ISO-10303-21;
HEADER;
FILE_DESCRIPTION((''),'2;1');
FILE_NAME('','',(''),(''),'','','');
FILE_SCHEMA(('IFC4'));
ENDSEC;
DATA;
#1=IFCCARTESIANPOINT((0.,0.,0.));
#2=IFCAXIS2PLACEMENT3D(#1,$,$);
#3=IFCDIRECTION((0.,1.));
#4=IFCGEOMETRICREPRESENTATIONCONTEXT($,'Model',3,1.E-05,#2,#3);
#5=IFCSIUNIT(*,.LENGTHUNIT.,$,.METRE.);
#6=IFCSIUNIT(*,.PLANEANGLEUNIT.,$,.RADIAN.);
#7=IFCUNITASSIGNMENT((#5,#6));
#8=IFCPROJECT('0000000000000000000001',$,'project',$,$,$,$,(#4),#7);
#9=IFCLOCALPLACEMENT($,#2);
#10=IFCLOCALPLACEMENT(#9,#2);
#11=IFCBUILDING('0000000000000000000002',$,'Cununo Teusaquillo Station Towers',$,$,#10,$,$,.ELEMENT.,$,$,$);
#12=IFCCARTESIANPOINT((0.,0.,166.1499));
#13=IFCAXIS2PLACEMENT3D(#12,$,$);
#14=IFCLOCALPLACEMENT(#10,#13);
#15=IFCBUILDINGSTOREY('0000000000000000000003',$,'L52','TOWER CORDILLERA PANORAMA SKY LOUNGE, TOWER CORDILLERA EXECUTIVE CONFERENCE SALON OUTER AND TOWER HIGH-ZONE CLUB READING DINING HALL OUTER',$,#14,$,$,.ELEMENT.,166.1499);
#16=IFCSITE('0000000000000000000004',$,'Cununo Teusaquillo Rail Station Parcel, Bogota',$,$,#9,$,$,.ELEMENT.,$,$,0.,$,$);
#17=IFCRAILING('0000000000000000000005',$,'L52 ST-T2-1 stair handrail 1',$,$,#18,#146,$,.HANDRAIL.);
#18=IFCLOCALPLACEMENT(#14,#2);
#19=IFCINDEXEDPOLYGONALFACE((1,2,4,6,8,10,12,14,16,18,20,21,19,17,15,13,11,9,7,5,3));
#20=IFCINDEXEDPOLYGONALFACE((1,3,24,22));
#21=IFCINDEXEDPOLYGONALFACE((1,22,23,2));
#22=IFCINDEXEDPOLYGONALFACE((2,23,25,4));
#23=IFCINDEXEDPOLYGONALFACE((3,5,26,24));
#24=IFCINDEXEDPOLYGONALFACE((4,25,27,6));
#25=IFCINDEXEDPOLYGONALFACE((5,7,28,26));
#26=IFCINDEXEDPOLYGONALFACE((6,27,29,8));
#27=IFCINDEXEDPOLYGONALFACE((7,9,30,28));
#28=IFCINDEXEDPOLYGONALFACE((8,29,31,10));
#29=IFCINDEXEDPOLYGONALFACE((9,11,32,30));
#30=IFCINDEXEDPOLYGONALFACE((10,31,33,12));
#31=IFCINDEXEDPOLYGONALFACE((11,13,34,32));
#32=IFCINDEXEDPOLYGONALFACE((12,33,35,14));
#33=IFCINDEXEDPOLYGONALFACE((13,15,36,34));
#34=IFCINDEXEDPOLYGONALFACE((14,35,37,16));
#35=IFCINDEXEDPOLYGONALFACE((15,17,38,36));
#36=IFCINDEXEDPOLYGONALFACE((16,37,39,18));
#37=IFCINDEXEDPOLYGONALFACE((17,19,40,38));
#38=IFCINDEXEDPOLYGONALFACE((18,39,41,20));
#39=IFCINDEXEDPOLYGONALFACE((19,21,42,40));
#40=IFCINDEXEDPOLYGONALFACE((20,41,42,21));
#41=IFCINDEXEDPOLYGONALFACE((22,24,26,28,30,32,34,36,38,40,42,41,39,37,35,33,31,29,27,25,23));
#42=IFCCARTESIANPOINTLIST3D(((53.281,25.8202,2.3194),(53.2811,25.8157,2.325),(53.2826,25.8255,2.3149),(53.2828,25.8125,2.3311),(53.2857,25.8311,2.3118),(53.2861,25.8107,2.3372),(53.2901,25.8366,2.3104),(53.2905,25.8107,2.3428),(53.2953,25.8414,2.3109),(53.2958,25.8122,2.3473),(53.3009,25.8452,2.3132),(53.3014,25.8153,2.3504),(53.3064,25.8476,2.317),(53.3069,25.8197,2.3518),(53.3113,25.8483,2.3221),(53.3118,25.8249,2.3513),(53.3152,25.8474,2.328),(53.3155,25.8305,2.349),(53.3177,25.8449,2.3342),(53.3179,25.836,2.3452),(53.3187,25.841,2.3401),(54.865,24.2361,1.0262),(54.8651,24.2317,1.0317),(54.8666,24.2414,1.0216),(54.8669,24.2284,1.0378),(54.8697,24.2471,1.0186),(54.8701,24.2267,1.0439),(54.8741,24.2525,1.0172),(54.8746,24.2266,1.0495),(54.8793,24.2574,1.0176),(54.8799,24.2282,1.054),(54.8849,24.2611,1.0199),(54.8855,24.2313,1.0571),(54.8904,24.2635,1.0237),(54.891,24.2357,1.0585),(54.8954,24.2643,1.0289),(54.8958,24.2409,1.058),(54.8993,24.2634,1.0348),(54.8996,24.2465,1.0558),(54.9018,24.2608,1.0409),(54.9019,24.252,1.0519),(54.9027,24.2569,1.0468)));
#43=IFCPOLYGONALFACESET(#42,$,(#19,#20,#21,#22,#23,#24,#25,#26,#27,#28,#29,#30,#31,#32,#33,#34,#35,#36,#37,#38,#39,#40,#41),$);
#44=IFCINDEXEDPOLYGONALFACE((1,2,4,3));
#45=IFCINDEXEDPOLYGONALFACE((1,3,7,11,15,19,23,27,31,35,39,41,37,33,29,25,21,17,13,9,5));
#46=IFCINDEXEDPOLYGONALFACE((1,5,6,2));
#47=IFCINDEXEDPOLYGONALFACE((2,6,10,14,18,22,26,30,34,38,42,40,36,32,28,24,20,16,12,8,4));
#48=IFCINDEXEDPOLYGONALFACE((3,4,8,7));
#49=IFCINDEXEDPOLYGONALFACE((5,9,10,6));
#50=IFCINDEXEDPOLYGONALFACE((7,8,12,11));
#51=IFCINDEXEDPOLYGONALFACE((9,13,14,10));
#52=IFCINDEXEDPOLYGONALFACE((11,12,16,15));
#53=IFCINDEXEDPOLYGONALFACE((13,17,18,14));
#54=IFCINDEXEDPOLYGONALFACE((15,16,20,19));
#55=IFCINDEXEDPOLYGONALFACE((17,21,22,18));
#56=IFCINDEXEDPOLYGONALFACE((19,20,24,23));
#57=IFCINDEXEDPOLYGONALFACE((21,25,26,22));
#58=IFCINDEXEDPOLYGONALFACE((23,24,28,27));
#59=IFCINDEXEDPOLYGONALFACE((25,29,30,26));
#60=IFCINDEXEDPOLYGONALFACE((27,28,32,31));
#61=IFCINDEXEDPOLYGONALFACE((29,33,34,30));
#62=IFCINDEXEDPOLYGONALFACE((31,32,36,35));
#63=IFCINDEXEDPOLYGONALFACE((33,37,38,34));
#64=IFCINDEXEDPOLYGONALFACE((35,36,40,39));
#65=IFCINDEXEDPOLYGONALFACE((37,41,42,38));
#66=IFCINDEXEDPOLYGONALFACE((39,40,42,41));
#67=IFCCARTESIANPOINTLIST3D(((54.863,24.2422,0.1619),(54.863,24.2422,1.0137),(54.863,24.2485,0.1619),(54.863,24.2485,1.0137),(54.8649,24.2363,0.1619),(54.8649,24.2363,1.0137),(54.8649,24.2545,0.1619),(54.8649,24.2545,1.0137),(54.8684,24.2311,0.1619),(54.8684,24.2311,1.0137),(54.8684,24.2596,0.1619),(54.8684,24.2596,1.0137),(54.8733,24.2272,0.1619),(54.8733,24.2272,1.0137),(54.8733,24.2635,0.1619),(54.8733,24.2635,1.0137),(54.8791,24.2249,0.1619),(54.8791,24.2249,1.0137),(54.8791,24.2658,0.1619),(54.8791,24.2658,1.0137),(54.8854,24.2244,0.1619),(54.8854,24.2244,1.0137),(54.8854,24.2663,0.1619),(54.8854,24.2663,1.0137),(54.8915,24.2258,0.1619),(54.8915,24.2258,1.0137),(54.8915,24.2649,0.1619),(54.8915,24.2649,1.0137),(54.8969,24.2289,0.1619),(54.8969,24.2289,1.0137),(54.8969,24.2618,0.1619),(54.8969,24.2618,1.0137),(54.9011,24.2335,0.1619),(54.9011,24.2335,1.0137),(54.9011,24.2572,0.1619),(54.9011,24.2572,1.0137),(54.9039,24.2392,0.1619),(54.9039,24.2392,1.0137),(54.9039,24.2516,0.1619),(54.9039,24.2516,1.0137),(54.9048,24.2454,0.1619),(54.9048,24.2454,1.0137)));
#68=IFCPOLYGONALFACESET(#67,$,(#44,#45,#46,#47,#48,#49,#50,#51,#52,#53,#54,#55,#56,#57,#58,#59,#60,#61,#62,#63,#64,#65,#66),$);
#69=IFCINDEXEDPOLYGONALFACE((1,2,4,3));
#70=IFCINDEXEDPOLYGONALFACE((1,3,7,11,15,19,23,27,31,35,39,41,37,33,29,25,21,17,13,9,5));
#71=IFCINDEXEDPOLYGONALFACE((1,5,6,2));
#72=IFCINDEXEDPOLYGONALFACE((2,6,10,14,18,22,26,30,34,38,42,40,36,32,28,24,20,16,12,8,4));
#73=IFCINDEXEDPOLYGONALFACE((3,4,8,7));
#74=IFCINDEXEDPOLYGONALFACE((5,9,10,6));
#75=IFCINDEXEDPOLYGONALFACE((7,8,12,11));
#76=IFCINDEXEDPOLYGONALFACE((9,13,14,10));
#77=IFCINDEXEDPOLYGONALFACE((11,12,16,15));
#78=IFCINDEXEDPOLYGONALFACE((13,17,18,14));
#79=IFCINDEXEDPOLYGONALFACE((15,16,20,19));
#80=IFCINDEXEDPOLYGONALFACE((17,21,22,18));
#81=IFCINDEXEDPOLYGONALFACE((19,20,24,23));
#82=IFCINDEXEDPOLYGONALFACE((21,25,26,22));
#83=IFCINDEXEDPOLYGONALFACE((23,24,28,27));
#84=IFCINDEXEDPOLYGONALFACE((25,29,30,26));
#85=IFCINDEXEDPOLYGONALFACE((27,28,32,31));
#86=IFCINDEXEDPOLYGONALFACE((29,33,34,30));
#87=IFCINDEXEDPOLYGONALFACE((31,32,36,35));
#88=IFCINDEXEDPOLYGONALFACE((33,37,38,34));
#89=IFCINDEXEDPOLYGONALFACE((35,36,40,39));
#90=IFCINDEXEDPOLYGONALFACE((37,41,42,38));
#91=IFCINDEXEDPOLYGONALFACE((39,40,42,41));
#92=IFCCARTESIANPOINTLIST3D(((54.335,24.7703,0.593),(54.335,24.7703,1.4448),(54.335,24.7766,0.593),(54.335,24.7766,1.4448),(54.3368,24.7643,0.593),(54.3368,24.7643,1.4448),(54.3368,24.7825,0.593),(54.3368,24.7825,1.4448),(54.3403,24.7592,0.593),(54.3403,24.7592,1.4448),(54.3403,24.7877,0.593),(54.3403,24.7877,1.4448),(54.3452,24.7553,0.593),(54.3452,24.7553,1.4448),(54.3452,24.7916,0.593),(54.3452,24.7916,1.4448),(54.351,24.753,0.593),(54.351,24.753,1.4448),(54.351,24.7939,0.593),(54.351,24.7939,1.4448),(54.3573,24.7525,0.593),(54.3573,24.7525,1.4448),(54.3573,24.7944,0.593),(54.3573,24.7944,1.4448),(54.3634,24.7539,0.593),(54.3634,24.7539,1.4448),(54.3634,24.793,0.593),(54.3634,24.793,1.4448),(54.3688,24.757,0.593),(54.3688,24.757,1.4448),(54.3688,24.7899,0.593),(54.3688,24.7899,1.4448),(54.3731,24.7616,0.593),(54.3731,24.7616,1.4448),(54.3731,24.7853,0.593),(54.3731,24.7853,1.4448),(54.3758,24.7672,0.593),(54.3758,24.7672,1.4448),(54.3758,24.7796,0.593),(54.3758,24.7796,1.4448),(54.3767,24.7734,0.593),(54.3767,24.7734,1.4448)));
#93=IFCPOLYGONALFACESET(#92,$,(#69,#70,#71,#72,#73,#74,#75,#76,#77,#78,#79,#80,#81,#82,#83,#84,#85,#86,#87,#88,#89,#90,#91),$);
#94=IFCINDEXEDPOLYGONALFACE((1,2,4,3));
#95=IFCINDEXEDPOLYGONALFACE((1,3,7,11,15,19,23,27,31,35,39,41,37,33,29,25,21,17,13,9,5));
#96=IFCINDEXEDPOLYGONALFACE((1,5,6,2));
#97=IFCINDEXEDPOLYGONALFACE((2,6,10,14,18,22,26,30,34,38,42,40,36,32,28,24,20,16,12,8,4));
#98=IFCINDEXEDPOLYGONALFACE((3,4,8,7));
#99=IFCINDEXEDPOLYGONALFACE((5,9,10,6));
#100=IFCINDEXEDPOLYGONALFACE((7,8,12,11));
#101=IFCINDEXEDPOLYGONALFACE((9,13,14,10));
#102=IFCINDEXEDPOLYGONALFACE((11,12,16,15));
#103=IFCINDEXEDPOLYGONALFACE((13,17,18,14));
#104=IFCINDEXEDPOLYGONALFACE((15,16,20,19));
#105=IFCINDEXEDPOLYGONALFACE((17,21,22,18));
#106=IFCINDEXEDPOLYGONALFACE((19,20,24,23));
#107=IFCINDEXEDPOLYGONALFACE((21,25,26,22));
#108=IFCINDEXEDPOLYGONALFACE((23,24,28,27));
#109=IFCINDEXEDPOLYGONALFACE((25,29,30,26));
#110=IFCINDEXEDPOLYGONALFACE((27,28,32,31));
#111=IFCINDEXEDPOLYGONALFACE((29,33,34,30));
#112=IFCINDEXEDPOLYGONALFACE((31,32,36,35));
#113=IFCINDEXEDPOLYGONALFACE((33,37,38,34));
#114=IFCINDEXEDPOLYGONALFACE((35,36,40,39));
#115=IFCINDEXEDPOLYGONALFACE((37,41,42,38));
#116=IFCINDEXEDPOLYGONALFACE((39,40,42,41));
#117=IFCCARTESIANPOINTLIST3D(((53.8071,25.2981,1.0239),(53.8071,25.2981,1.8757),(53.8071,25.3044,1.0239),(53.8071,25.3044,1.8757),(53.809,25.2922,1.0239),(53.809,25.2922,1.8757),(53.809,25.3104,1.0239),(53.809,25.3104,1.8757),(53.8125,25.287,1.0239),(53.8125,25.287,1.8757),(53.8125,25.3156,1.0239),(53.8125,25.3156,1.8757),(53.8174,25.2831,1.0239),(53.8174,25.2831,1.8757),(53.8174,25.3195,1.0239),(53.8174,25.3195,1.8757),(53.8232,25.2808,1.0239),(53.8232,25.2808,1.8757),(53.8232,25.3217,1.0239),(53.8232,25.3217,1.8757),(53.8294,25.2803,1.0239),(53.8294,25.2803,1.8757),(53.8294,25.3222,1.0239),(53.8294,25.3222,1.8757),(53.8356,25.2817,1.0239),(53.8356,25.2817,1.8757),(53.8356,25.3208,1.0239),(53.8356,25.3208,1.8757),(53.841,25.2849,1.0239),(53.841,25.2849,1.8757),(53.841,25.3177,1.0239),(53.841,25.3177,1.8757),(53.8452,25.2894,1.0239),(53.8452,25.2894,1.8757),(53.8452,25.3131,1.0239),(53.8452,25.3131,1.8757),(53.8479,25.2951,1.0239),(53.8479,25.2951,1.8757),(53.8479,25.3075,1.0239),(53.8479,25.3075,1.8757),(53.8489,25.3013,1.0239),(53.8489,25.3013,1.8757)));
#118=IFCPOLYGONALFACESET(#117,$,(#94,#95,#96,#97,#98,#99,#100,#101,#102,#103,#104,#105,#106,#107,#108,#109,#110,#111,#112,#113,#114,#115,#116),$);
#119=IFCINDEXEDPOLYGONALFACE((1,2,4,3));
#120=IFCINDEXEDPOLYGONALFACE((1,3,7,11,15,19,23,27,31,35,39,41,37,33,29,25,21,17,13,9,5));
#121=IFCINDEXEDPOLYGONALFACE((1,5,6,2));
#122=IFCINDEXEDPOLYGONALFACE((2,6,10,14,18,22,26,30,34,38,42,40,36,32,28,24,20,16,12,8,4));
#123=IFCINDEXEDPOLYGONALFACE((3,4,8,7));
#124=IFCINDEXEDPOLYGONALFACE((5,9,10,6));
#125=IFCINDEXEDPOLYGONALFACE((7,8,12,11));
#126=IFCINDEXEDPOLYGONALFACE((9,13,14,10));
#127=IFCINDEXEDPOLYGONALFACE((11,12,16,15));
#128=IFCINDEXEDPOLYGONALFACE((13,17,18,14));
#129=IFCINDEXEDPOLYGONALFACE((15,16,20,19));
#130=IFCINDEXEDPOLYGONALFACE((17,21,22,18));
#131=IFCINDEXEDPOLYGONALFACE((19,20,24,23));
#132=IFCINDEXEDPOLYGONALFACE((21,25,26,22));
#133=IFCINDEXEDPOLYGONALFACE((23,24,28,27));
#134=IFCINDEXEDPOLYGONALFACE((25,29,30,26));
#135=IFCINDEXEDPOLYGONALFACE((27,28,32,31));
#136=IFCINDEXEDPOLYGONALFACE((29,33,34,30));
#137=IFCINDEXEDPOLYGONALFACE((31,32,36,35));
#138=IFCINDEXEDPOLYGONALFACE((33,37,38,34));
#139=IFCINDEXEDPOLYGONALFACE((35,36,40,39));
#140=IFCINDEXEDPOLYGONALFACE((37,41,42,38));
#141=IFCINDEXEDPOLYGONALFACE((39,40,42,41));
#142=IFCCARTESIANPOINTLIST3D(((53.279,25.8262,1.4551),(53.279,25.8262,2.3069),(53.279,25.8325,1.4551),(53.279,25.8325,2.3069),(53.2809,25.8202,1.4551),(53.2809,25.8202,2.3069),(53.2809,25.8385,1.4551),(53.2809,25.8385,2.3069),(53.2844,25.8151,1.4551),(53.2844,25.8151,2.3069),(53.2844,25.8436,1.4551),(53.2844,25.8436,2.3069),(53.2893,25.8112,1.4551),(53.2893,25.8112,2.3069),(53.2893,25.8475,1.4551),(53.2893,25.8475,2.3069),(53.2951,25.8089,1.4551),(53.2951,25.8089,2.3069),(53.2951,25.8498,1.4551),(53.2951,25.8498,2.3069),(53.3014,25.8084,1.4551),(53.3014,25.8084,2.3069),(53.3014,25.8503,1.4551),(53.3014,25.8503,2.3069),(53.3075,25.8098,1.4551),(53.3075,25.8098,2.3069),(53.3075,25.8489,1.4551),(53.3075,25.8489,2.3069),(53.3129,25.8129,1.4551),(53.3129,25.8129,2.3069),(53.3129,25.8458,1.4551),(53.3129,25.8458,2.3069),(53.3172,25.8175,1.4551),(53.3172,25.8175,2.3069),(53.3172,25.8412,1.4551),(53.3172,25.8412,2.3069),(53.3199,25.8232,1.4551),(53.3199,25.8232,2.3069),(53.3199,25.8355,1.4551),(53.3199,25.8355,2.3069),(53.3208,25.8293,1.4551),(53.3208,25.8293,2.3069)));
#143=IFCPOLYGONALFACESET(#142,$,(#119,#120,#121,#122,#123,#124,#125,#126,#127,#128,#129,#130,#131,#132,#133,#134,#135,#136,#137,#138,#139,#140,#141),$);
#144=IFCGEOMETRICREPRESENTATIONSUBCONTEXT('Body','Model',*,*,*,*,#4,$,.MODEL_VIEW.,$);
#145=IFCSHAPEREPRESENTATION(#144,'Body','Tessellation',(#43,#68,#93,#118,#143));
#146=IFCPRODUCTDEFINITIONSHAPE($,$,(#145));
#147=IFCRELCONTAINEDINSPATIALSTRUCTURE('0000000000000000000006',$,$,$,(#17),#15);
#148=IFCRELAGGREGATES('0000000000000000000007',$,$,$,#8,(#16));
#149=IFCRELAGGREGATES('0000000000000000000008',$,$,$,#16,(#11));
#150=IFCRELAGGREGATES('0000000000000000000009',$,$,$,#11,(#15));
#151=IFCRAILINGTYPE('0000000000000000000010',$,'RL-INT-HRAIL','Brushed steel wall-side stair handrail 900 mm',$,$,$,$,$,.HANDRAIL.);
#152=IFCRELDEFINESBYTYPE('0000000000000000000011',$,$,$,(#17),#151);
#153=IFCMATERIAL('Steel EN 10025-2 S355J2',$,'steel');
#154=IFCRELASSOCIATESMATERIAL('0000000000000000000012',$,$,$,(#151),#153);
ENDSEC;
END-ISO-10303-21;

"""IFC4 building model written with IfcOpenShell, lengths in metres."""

from ifc_helpers import new_model, si_unit, direction, frame, origin, origin_2d, place, context, subcontext, project, spatial, circle, extrude, material, type_object, element, save


model = new_model("IFC4")

# Units and contexts
model_context = context("Model", 3, precision=1e-05, world=origin(), true_north=direction((0.0, 1.0)))
body_context = subcontext(model_context, "Body", "Model", "MODEL_VIEW")
ifc_project = project(units=[si_unit("LENGTHUNIT", "METRE"), si_unit("PLANEANGLEUNIT", "RADIAN")], contexts=[model_context])

# Site, building, storey
site_placement = place(None, origin())
site = spatial("IfcSite", under=ifc_project, at=site_placement, Name="Cununo Teusaquillo Rail Station Parcel, Bogota", CompositionType="ELEMENT", RefElevation=0.0)
building_placement = place(site_placement, origin())
building = spatial("IfcBuilding", under=site, at=building_placement, Name="Cununo Teusaquillo Station Towers", CompositionType="ELEMENT")
storey_placement = place(building_placement, frame((0.0, 0.0, 166.1499)))
storey = spatial("IfcBuildingStorey", under=building, at=storey_placement, Name="L52", Description="TOWER CORDILLERA PANORAMA SKY LOUNGE, TOWER CORDILLERA EXECUTIVE CONFERENCE SALON OUTER AND TOWER HIGH-ZONE CLUB READING DINING HALL OUTER", CompositionType="ELEMENT", Elevation=166.1499)

# Railing
ifc_material_1 = material(Name="Steel EN 10025-2 S355J2", Category="steel")
railing_type_1 = type_object("IfcRailingType", Name="RL-INT-HRAIL", Description="Brushed steel wall-side stair handrail 900 mm", PredefinedType="HANDRAIL", material=ifc_material_1)
railing_1_placement = place(storey_placement, frame((54.8838, 24.2454, 0.1619)))
element("IfcRailing", 1, at=railing_1_placement, inside=storey, type_object=railing_type_1, Name="L52 ST-T2-1 stair handrail 1", PredefinedType="HANDRAIL", context=body_context, shape_type="SweptSolid", body=[
    extrude(circle(Radius=0.0239, at=origin_2d()), frame((0.0, 0.0, 0.876), z_axis=(-0.612385, 0.612385, 0.49997), x_axis=(-0.707107, -0.707107, 0.0)), (0.0, 0.0, 1.0), 2.5867),
    extrude(circle(Radius=0.021, at=origin_2d()), origin(), (0.0, 0.0, 1.0), 0.8518),
    extrude(circle(Radius=0.021, at=origin_2d()), frame((-0.5281, 0.5281, 0.4312)), (0.0, 0.0, 1.0), 0.8518),
    extrude(circle(Radius=0.021, at=origin_2d()), frame((-1.0559, 1.0559, 0.8621)), (0.0, 0.0, 1.0), 0.8518),
    extrude(circle(Radius=0.021, at=origin_2d()), frame((-1.584, 1.584, 1.2932)), (0.0, 0.0, 1.0), 0.8518),
])

save(model, "model.ifc")
